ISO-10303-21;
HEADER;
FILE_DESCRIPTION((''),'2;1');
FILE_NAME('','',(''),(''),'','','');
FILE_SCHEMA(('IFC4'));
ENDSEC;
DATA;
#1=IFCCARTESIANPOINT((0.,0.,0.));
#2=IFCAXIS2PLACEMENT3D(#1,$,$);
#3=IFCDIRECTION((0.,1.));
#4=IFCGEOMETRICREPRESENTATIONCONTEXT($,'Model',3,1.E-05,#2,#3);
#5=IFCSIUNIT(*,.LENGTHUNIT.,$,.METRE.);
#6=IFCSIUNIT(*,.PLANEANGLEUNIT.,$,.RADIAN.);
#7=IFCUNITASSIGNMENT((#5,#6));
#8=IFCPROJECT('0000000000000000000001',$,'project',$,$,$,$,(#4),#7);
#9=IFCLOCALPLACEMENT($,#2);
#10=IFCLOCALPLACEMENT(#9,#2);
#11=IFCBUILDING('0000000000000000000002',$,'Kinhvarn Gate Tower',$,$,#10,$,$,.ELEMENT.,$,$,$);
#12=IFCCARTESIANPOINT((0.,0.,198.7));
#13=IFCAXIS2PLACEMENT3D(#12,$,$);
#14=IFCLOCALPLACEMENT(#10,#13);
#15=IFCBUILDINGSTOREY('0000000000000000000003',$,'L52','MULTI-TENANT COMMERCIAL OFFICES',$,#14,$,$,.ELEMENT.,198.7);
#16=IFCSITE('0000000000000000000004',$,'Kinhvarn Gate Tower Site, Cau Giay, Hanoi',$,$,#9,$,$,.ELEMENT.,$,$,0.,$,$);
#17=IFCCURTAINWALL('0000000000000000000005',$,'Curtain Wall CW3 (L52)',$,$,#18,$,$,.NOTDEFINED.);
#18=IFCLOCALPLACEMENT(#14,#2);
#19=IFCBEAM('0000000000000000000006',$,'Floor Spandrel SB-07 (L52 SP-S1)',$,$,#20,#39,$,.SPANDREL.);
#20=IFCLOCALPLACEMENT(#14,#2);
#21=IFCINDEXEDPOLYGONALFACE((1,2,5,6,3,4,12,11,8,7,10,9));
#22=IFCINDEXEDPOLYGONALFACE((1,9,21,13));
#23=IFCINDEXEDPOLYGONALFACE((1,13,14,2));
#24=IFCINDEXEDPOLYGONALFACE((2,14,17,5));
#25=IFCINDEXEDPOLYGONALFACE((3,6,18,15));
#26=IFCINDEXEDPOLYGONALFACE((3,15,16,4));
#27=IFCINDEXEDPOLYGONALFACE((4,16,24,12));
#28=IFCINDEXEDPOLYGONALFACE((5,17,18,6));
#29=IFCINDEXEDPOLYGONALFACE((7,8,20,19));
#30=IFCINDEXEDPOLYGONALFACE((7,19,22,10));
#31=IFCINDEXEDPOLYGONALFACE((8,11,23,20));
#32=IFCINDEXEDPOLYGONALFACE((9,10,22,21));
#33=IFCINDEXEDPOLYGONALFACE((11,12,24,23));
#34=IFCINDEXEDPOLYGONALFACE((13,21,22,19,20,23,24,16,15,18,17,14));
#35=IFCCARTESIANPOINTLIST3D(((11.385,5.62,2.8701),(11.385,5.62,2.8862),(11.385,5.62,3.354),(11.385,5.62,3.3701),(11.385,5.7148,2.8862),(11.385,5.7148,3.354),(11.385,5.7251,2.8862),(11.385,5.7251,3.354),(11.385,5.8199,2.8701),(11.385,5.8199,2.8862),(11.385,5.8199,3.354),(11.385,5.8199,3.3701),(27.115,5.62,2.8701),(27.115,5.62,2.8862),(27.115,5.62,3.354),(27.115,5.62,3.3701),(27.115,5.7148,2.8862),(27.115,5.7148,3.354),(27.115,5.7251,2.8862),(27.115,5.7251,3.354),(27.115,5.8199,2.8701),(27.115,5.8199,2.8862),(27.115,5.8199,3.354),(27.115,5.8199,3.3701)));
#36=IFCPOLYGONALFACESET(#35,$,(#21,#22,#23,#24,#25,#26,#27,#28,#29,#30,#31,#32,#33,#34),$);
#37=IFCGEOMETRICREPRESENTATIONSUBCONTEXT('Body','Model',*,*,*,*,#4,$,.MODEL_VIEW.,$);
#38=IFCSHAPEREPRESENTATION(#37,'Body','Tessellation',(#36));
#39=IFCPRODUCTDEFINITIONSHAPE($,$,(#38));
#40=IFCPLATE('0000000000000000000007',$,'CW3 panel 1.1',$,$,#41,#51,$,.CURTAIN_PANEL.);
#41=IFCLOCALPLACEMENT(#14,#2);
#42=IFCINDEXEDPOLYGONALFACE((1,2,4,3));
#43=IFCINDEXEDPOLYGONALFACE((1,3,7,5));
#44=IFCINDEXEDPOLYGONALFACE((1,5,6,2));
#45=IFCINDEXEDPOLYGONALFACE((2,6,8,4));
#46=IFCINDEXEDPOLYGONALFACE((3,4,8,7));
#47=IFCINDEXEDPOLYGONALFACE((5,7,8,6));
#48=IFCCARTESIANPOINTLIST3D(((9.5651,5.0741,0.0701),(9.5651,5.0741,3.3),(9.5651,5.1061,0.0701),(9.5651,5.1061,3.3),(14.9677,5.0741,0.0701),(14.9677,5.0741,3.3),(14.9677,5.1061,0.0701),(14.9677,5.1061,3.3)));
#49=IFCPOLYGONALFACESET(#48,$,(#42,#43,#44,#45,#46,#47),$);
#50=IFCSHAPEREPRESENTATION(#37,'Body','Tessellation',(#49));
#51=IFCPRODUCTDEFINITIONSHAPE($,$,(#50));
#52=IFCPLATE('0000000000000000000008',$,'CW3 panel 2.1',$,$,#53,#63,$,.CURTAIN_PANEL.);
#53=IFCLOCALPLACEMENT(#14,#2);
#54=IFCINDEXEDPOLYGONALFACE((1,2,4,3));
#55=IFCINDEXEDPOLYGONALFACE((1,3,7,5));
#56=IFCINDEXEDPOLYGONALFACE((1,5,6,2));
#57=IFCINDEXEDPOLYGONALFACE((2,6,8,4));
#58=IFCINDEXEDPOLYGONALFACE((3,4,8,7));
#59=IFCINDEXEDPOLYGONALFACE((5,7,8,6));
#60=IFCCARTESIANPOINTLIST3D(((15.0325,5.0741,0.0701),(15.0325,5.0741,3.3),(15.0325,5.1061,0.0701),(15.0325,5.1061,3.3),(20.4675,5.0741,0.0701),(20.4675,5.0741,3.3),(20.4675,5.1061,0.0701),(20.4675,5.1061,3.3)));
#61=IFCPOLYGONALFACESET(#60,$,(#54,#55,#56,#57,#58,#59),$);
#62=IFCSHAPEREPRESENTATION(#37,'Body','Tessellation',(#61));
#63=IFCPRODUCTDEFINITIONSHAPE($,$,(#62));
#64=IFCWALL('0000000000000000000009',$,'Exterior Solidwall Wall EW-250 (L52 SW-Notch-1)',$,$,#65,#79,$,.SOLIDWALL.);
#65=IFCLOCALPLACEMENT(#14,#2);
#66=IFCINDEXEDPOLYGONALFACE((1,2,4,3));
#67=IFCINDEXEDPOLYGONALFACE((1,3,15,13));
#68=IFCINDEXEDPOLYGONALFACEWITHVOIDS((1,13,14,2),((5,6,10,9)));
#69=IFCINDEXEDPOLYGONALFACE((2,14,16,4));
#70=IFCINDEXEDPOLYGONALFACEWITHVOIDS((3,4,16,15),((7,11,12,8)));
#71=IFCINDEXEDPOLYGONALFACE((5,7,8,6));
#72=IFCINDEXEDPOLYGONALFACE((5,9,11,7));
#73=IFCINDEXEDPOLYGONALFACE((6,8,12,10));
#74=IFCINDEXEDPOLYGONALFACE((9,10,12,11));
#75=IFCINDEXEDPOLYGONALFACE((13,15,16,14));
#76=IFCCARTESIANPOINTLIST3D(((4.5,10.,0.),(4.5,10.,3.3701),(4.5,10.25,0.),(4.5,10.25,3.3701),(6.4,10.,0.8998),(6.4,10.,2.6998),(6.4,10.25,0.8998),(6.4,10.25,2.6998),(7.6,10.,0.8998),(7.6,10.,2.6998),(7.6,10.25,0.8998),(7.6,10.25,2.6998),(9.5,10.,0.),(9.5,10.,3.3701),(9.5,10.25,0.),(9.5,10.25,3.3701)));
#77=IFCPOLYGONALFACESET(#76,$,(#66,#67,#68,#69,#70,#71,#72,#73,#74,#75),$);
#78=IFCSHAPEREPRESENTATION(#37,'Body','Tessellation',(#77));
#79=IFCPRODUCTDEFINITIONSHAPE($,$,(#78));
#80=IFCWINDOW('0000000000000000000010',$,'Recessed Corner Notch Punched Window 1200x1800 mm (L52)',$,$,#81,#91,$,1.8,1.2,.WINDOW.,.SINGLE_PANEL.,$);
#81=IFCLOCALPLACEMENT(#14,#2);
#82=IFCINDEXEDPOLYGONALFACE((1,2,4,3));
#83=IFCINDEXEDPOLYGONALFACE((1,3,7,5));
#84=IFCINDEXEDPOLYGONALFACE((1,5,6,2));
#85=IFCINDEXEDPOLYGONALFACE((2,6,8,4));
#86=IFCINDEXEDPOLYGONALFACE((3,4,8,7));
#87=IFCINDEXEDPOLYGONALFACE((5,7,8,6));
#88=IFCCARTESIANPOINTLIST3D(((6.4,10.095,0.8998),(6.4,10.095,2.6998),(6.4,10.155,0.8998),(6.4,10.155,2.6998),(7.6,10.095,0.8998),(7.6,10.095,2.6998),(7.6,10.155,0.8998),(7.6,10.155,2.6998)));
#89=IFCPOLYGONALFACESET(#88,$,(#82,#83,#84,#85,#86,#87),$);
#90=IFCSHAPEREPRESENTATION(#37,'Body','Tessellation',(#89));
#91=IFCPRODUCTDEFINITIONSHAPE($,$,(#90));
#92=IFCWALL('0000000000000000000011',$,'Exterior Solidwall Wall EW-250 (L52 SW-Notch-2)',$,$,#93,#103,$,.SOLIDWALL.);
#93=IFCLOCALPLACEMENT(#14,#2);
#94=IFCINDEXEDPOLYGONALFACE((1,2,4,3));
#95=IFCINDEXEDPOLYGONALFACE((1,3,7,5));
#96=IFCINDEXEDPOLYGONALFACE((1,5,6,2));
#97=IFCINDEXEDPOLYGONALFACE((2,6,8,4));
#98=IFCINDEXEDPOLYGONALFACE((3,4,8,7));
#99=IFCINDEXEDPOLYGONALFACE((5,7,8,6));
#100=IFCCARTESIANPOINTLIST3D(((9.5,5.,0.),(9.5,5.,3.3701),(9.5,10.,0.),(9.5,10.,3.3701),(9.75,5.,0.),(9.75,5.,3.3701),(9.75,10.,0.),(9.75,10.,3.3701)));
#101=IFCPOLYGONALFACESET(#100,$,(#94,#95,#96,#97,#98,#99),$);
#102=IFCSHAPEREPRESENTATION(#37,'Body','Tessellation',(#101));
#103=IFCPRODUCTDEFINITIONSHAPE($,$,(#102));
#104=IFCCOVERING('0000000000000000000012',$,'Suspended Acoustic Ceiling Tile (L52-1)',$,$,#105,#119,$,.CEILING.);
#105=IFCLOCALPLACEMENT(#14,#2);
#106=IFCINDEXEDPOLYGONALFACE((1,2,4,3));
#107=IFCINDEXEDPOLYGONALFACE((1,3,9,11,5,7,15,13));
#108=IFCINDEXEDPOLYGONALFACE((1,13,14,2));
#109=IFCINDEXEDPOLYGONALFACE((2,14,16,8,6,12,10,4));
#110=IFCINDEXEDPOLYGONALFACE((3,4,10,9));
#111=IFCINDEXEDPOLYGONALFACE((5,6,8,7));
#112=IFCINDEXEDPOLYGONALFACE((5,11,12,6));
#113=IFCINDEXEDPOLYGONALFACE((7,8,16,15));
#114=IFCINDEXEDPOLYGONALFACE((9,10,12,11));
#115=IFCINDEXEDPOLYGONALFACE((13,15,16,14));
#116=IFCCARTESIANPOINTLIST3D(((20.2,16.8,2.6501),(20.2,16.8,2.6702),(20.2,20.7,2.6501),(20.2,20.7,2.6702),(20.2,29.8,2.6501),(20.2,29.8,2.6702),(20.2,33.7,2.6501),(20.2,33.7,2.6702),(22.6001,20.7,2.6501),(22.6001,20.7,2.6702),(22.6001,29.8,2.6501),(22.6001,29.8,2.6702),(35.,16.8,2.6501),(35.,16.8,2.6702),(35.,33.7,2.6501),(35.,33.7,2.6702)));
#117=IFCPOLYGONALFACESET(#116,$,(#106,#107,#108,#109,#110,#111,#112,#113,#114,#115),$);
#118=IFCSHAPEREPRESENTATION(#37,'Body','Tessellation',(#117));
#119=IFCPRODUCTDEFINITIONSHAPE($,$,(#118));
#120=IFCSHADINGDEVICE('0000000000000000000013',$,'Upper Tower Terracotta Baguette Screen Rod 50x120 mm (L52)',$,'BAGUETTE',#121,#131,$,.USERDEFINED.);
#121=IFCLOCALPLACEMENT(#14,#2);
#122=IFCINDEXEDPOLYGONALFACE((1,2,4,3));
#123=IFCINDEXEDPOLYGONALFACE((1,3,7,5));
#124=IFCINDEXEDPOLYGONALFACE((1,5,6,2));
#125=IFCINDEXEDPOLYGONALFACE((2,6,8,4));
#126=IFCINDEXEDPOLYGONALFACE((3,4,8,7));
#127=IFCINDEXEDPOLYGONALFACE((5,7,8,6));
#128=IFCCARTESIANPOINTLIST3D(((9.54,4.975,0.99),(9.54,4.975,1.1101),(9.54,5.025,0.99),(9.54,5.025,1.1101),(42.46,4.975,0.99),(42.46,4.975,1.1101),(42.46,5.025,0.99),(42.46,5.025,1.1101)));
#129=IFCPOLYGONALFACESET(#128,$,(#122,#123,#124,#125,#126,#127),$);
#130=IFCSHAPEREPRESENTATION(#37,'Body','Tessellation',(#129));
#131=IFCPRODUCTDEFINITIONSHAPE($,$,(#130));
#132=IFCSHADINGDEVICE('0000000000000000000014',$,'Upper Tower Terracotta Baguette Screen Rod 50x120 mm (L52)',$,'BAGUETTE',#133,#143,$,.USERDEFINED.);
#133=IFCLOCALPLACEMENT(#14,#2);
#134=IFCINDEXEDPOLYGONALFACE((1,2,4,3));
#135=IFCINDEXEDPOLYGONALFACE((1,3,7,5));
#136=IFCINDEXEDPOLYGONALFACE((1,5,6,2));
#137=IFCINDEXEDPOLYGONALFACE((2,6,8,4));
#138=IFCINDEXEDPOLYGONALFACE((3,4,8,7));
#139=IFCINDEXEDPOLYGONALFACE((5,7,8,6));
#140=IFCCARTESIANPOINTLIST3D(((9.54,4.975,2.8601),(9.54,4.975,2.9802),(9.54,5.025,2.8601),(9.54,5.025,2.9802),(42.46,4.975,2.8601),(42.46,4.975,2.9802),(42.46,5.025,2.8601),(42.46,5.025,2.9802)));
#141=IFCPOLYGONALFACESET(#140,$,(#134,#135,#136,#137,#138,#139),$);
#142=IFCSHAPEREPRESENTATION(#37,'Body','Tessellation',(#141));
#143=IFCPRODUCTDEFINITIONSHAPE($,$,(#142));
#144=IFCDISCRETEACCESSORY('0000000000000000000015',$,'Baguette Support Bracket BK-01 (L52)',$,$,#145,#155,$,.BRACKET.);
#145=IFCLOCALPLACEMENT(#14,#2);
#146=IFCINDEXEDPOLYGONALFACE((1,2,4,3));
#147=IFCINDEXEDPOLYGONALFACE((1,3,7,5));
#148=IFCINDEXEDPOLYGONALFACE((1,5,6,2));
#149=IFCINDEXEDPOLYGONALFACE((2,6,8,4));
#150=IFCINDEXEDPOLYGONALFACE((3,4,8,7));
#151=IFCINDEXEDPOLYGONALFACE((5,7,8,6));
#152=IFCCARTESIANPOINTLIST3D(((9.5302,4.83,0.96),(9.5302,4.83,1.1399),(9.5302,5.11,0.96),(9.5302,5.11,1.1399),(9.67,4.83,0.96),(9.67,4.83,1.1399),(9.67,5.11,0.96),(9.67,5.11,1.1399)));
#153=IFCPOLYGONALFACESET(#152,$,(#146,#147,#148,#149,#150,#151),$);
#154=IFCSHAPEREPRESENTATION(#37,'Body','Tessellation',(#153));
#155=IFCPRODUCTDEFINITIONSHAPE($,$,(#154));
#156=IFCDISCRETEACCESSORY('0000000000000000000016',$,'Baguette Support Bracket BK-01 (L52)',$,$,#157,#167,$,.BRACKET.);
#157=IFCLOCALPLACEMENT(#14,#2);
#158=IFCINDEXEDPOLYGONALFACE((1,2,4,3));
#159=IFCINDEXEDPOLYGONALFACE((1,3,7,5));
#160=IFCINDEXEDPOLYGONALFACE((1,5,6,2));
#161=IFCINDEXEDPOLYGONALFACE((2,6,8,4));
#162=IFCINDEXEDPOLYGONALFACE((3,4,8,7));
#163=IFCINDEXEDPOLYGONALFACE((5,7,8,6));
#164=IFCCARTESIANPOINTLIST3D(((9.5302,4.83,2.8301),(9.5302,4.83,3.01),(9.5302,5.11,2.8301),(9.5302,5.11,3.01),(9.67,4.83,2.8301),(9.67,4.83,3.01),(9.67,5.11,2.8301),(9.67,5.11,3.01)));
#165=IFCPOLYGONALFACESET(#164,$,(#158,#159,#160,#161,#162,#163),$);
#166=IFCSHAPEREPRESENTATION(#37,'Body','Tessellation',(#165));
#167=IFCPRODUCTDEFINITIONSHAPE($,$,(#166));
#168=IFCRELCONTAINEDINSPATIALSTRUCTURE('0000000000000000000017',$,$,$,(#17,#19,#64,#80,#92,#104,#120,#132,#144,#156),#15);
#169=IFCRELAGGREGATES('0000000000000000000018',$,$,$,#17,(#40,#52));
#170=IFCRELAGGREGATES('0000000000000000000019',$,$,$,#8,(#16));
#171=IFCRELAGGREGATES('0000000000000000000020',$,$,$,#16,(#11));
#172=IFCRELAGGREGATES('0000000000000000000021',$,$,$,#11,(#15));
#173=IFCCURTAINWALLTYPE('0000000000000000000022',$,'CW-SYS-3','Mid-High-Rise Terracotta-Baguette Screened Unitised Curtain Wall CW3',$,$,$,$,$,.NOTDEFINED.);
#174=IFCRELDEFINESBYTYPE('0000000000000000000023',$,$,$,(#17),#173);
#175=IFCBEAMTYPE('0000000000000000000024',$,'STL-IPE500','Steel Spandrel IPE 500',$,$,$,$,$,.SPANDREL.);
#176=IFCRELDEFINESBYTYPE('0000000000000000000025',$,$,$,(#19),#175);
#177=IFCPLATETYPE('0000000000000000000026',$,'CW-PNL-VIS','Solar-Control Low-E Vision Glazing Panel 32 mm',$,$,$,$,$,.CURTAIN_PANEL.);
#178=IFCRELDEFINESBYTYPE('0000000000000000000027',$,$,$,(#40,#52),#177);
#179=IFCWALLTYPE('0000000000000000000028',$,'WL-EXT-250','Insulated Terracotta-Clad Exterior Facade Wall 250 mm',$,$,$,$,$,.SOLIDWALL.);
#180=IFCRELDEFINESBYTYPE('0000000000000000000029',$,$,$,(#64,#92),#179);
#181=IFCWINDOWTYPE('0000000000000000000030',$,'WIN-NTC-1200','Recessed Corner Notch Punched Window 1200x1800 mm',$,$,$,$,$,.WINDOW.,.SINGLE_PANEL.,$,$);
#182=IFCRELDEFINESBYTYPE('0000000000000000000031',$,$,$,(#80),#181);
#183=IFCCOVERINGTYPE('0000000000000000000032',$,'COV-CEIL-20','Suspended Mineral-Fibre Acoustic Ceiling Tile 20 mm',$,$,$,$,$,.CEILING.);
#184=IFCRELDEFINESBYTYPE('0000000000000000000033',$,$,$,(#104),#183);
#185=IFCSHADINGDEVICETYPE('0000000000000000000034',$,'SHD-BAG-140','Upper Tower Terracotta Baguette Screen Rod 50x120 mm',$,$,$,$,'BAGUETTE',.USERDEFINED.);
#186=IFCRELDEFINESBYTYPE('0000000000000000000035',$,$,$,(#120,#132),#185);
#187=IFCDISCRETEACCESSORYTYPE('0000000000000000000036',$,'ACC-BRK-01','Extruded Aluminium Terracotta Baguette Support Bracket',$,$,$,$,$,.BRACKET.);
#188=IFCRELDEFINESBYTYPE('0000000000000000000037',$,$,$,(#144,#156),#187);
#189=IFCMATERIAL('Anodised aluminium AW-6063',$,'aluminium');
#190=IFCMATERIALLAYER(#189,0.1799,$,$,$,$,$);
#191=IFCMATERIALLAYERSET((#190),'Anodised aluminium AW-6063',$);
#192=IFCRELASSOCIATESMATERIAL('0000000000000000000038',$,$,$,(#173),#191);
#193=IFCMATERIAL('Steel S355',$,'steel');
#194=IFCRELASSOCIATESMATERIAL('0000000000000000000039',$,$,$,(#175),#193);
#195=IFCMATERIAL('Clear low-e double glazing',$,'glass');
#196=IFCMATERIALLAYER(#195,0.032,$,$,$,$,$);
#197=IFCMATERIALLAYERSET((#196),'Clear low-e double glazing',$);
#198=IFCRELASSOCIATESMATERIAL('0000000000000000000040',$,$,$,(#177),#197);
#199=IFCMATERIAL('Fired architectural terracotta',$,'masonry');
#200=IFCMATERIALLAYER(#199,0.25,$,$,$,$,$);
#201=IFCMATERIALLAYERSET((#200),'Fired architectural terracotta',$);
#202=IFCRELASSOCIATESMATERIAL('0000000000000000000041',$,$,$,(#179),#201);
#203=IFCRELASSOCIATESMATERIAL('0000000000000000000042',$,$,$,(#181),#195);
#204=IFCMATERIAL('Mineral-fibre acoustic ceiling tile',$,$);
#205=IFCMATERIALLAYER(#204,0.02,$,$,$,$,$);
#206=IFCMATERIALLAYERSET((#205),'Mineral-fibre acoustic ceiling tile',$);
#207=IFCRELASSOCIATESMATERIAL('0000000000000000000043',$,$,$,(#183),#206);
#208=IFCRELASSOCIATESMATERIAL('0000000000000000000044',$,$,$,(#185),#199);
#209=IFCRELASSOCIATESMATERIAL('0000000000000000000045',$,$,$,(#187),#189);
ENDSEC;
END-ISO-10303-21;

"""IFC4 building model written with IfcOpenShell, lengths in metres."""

from ifc_helpers import new_model, si_unit, direction, frame, frame_2d, origin, origin_2d, place, context, subcontext, project, spatial, polyline, rectangle, i_section, outline, extrude, material, layer, layer_set, material_profile, profile_set, type_object, element, fill, aggregate, save


model = new_model("IFC4")

# Units and contexts
model_context = context("Model", 3, precision=1e-05, world=origin(), true_north=direction((0.0, 1.0)))
body_context = subcontext(model_context, "Body", "Model", "MODEL_VIEW")
ifc_project = project(units=[si_unit("LENGTHUNIT", "METRE"), si_unit("PLANEANGLEUNIT", "RADIAN")], contexts=[model_context])

# Site, building, storey
site_placement = place(None, origin())
site = spatial("IfcSite", under=ifc_project, at=site_placement, Name="Kinhvarn Gate Tower Site, Cau Giay, Hanoi", CompositionType="ELEMENT", RefElevation=0.0)
building_placement = place(site_placement, origin())
building = spatial("IfcBuilding", under=site, at=building_placement, Name="Kinhvarn Gate Tower", CompositionType="ELEMENT")
storey_placement = place(building_placement, frame((0.0, 0.0, 198.7)))
storey = spatial("IfcBuildingStorey", under=building, at=storey_placement, Name="L52", Description="MULTI-TENANT COMMERCIAL OFFICES", CompositionType="ELEMENT", Elevation=198.7)

# Curtain wall
ifc_material_1 = material(Name="Anodised aluminium AW-6063", Category="aluminium")
ifc_layer_1 = layer(ifc_material_1, 0.1799)
ifc_layer_set_1 = layer_set([ifc_layer_1], Name="Anodised aluminium AW-6063")
curtain_wall_type = type_object("IfcCurtainWallType", Name="CW-SYS-3", Description="Mid-High-Rise Terracotta-Baguette Screened Unitised Curtain Wall CW3", PredefinedType="NOTDEFINED", material=ifc_layer_set_1)
curtain_wall_placement = place(storey_placement, origin())
curtain_wall = element("IfcCurtainWall", 1, at=curtain_wall_placement, inside=storey, type_object=curtain_wall_type, Name="Curtain Wall CW3 (L52)", PredefinedType="NOTDEFINED")

# Beam
ifc_material_2 = material(Name="Steel S355", Category="steel")
ifc_material_profile_1 = material_profile(ifc_material_2, i_section(OverallWidth=0.2, OverallDepth=0.5, WebThickness=0.0103, FlangeThickness=0.0161, at=origin_2d()), Name="IPE 500")
ifc_profile_set_1 = profile_set([ifc_material_profile_1], Name="Steel S355")
beam_type_1 = type_object("IfcBeamType", Name="STL-IPE500", Description="Steel Spandrel IPE 500", PredefinedType="SPANDREL", material=ifc_profile_set_1)
beam_1_placement = place(storey_placement, frame((11.385, 5.72, 3.1201), z_axis=(1.0, 0.0, 0.0), x_axis=(0.0, 1.0, 0.0)))
element("IfcBeam", 2, at=beam_1_placement, inside=storey, type_object=beam_type_1, Name="Floor Spandrel SB-07 (L52 SP-S1)", PredefinedType="SPANDREL", context=body_context, shape_type="SweptSolid", body=[
    extrude(i_section(OverallWidth=0.2, OverallDepth=0.5, WebThickness=0.0103, FlangeThickness=0.0161, at=origin_2d()), origin(), (0.0, 0.0, 1.0), 15.73),
])

# Plates
ifc_material_3 = material(Name="Clear low-e double glazing", Category="glass")
ifc_layer_2 = layer(ifc_material_3, 0.032)
ifc_layer_set_2 = layer_set([ifc_layer_2], Name="Clear low-e double glazing")
plate_type = type_object("IfcPlateType", Name="CW-PNL-VIS", Description="Solar-Control Low-E Vision Glazing Panel 32 mm", PredefinedType="CURTAIN_PANEL", material=ifc_layer_set_2)
plate_1_placement = place(storey_placement, frame((12.2664, 5.0901, 0.0701), z_axis=(0.0, 0.0, 1.0), x_axis=(1.0, 0.0, 0.0)))
plate_1 = element("IfcPlate", 3, at=plate_1_placement, type_object=plate_type, Name="CW3 panel 1.1", PredefinedType="CURTAIN_PANEL", context=body_context, shape_type="SweptSolid", body=[
    extrude(rectangle(XDim=5.4026, YDim=0.032, at=origin_2d()), origin(), (0.0, 0.0, 1.0), 3.23),
])
plate_2_placement = place(storey_placement, frame((17.75, 5.0901, 0.0701), z_axis=(0.0, 0.0, 1.0), x_axis=(1.0, 0.0, 0.0)))
plate_2 = element("IfcPlate", 4, at=plate_2_placement, type_object=plate_type, Name="CW3 panel 2.1", PredefinedType="CURTAIN_PANEL", context=body_context, shape_type="SweptSolid", body=[
    extrude(rectangle(XDim=5.4351, YDim=0.032, at=origin_2d()), origin(), (0.0, 0.0, 1.0), 3.23),
])
aggregate(curtain_wall, [plate_1, plate_2])

# Wall, opening, window
ifc_material_4 = material(Name="Fired architectural terracotta", Category="masonry")
ifc_layer_3 = layer(ifc_material_4, 0.25)
ifc_layer_set_3 = layer_set([ifc_layer_3], Name="Fired architectural terracotta")
wall_type = type_object("IfcWallType", Name="WL-EXT-250", Description="Insulated Terracotta-Clad Exterior Facade Wall 250 mm", PredefinedType="SOLIDWALL", material=ifc_layer_set_3)
wall_1_placement = place(storey_placement, frame((4.5, 10.125, 0.0), z_axis=(0.0, 0.0, 1.0), x_axis=(1.0, 0.0, 0.0)))
wall_1 = element("IfcWall", 5, at=wall_1_placement, inside=storey, type_object=wall_type, Name="Exterior Solidwall Wall EW-250 (L52 SW-Notch-1)", PredefinedType="SOLIDWALL", context=body_context, shape_type="SweptSolid", body=[
    extrude(rectangle(XDim=5.0, YDim=0.25, at=frame_2d((2.5, 0.0))), origin(), (0.0, 0.0, 1.0), 3.3701),
])
opening_placement = place(wall_1_placement, frame((1.8999, 0.0, 0.8999)))
opening = element("IfcOpeningElement", 6, at=opening_placement, cuts=wall_1, PredefinedType="OPENING", context=body_context, shape_type="SweptSolid", body=[
    extrude(rectangle(XDim=1.2, YDim=1.8, at=frame_2d((0.6001, 0.8999))), frame((0.0, 0.135, 0.0), z_axis=(0.0, -1.0, 0.0), x_axis=(1.0, 0.0, 0.0)), (0.0, 0.0, 1.0), 0.27),
])
window_type = type_object("IfcWindowType", Name="WIN-NTC-1200", Description="Recessed Corner Notch Punched Window 1200x1800 mm", PartitioningType="SINGLE_PANEL", PredefinedType="WINDOW", material=ifc_material_3)
window_placement = place(opening_placement, origin())
window = element("IfcWindow", 7, at=window_placement, inside=storey, type_object=window_type, Name="Recessed Corner Notch Punched Window 1200x1800 mm (L52)", OverallHeight=1.8, OverallWidth=1.2, PartitioningType="SINGLE_PANEL", PredefinedType="WINDOW", context=body_context, shape_type="SweptSolid", body=[
    extrude(rectangle(XDim=1.2, YDim=1.8, at=frame_2d((0.6001, 0.8999))), frame((0.0, 0.03, 0.0), z_axis=(0.0, -1.0, 0.0), x_axis=(1.0, 0.0, 0.0)), (0.0, 0.0, 1.0), 0.0601),
])
fill(opening, window)

# Wall
wall_2_placement = place(storey_placement, frame((9.625, 10.0, 0.0), z_axis=(0.0, 0.0, 1.0), x_axis=(0.0, -1.0, 0.0)))
element("IfcWall", 8, at=wall_2_placement, inside=storey, type_object=wall_type, Name="Exterior Solidwall Wall EW-250 (L52 SW-Notch-2)", PredefinedType="SOLIDWALL", context=body_context, shape_type="SweptSolid", body=[
    extrude(rectangle(XDim=5.0, YDim=0.25, at=frame_2d((2.5, 0.0))), origin(), (0.0, 0.0, 1.0), 3.3701),
])

# Covering
ifc_material_5 = material(Name="Mineral-fibre acoustic ceiling tile")
ifc_layer_4 = layer(ifc_material_5, 0.02)
ifc_layer_set_4 = layer_set([ifc_layer_4], Name="Mineral-fibre acoustic ceiling tile")
covering_type = type_object("IfcCoveringType", Name="COV-CEIL-20", Description="Suspended Mineral-Fibre Acoustic Ceiling Tile 20 mm", PredefinedType="CEILING", material=ifc_layer_set_4)
covering_placement = place(storey_placement, frame((0.0, 0.0, 2.6501)))
element("IfcCovering", 9, at=covering_placement, inside=storey, type_object=covering_type, Name="Suspended Acoustic Ceiling Tile (L52-1)", PredefinedType="CEILING", context=body_context, shape_type="SweptSolid", body=[
    extrude(outline(polyline([(35.0, 33.7), (35.0, 16.8), (20.2, 16.8), (20.2, 20.7), (22.6001, 20.7), (22.6001, 29.8), (20.2, 29.8), (20.2, 33.7), (35.0, 33.7)])), origin(), (0.0, 0.0, 1.0), 0.02),
])

# Shading devices
ifc_material_profile_2 = material_profile(ifc_material_4, rectangle(XDim=0.05, YDim=0.1201, at=origin_2d()), Name="TC 50x120")
ifc_profile_set_2 = profile_set([ifc_material_profile_2], Name="Fired architectural terracotta")
shading_device_type = type_object("IfcShadingDeviceType", Name="SHD-BAG-140", Description="Upper Tower Terracotta Baguette Screen Rod 50x120 mm", ElementType="BAGUETTE", PredefinedType="USERDEFINED", material=ifc_profile_set_2)
for number, where, z_axis, x_axis, name in (
    (10, (9.54, 5.0, 1.05), (1.0, 0.0, 0.0), (0.0, 1.0, 0.0), "Upper Tower Terracotta Baguette Screen Rod 50x120 mm (L52)"),
    (11, (9.54, 5.0, 2.9202), (1.0, 0.0, 0.0), (0.0, 1.0, 0.0), "Upper Tower Terracotta Baguette Screen Rod 50x120 mm (L52)"),
):
    element("IfcShadingDevice", number, at=place(storey_placement, frame(where, z_axis=z_axis, x_axis=x_axis)), inside=storey, type_object=shading_device_type, Name=name, ObjectType="BAGUETTE", PredefinedType="USERDEFINED", context=body_context, shape_type="SweptSolid", body=[
        extrude(rectangle(XDim=0.05, YDim=0.1201, at=origin_2d()), origin(), (0.0, 0.0, 1.0), 32.9199),
    ])

# Discrete accessories
discrete_accessory_type = type_object("IfcDiscreteAccessoryType", Name="ACC-BRK-01", Description="Extruded Aluminium Terracotta Baguette Support Bracket", PredefinedType="BRACKET", material=ifc_material_1)
for number, where, z_axis, x_axis, name in (
    (12, (9.6001, 4.97, 0.96), (0.0, 0.0, 1.0), (1.0, 0.0, 0.0), "Baguette Support Bracket BK-01 (L52)"),
    (13, (9.6001, 4.97, 2.8301), (0.0, 0.0, 1.0), (1.0, 0.0, 0.0), "Baguette Support Bracket BK-01 (L52)"),
):
    element("IfcDiscreteAccessory", number, at=place(storey_placement, frame(where, z_axis=z_axis, x_axis=x_axis)), inside=storey, type_object=discrete_accessory_type, Name=name, PredefinedType="BRACKET", context=body_context, shape_type="SweptSolid", body=[
        extrude(rectangle(XDim=0.1399, YDim=0.28, at=origin_2d()), origin(), (0.0, 0.0, 1.0), 0.1799),
    ])

save(model, "model.ifc")
